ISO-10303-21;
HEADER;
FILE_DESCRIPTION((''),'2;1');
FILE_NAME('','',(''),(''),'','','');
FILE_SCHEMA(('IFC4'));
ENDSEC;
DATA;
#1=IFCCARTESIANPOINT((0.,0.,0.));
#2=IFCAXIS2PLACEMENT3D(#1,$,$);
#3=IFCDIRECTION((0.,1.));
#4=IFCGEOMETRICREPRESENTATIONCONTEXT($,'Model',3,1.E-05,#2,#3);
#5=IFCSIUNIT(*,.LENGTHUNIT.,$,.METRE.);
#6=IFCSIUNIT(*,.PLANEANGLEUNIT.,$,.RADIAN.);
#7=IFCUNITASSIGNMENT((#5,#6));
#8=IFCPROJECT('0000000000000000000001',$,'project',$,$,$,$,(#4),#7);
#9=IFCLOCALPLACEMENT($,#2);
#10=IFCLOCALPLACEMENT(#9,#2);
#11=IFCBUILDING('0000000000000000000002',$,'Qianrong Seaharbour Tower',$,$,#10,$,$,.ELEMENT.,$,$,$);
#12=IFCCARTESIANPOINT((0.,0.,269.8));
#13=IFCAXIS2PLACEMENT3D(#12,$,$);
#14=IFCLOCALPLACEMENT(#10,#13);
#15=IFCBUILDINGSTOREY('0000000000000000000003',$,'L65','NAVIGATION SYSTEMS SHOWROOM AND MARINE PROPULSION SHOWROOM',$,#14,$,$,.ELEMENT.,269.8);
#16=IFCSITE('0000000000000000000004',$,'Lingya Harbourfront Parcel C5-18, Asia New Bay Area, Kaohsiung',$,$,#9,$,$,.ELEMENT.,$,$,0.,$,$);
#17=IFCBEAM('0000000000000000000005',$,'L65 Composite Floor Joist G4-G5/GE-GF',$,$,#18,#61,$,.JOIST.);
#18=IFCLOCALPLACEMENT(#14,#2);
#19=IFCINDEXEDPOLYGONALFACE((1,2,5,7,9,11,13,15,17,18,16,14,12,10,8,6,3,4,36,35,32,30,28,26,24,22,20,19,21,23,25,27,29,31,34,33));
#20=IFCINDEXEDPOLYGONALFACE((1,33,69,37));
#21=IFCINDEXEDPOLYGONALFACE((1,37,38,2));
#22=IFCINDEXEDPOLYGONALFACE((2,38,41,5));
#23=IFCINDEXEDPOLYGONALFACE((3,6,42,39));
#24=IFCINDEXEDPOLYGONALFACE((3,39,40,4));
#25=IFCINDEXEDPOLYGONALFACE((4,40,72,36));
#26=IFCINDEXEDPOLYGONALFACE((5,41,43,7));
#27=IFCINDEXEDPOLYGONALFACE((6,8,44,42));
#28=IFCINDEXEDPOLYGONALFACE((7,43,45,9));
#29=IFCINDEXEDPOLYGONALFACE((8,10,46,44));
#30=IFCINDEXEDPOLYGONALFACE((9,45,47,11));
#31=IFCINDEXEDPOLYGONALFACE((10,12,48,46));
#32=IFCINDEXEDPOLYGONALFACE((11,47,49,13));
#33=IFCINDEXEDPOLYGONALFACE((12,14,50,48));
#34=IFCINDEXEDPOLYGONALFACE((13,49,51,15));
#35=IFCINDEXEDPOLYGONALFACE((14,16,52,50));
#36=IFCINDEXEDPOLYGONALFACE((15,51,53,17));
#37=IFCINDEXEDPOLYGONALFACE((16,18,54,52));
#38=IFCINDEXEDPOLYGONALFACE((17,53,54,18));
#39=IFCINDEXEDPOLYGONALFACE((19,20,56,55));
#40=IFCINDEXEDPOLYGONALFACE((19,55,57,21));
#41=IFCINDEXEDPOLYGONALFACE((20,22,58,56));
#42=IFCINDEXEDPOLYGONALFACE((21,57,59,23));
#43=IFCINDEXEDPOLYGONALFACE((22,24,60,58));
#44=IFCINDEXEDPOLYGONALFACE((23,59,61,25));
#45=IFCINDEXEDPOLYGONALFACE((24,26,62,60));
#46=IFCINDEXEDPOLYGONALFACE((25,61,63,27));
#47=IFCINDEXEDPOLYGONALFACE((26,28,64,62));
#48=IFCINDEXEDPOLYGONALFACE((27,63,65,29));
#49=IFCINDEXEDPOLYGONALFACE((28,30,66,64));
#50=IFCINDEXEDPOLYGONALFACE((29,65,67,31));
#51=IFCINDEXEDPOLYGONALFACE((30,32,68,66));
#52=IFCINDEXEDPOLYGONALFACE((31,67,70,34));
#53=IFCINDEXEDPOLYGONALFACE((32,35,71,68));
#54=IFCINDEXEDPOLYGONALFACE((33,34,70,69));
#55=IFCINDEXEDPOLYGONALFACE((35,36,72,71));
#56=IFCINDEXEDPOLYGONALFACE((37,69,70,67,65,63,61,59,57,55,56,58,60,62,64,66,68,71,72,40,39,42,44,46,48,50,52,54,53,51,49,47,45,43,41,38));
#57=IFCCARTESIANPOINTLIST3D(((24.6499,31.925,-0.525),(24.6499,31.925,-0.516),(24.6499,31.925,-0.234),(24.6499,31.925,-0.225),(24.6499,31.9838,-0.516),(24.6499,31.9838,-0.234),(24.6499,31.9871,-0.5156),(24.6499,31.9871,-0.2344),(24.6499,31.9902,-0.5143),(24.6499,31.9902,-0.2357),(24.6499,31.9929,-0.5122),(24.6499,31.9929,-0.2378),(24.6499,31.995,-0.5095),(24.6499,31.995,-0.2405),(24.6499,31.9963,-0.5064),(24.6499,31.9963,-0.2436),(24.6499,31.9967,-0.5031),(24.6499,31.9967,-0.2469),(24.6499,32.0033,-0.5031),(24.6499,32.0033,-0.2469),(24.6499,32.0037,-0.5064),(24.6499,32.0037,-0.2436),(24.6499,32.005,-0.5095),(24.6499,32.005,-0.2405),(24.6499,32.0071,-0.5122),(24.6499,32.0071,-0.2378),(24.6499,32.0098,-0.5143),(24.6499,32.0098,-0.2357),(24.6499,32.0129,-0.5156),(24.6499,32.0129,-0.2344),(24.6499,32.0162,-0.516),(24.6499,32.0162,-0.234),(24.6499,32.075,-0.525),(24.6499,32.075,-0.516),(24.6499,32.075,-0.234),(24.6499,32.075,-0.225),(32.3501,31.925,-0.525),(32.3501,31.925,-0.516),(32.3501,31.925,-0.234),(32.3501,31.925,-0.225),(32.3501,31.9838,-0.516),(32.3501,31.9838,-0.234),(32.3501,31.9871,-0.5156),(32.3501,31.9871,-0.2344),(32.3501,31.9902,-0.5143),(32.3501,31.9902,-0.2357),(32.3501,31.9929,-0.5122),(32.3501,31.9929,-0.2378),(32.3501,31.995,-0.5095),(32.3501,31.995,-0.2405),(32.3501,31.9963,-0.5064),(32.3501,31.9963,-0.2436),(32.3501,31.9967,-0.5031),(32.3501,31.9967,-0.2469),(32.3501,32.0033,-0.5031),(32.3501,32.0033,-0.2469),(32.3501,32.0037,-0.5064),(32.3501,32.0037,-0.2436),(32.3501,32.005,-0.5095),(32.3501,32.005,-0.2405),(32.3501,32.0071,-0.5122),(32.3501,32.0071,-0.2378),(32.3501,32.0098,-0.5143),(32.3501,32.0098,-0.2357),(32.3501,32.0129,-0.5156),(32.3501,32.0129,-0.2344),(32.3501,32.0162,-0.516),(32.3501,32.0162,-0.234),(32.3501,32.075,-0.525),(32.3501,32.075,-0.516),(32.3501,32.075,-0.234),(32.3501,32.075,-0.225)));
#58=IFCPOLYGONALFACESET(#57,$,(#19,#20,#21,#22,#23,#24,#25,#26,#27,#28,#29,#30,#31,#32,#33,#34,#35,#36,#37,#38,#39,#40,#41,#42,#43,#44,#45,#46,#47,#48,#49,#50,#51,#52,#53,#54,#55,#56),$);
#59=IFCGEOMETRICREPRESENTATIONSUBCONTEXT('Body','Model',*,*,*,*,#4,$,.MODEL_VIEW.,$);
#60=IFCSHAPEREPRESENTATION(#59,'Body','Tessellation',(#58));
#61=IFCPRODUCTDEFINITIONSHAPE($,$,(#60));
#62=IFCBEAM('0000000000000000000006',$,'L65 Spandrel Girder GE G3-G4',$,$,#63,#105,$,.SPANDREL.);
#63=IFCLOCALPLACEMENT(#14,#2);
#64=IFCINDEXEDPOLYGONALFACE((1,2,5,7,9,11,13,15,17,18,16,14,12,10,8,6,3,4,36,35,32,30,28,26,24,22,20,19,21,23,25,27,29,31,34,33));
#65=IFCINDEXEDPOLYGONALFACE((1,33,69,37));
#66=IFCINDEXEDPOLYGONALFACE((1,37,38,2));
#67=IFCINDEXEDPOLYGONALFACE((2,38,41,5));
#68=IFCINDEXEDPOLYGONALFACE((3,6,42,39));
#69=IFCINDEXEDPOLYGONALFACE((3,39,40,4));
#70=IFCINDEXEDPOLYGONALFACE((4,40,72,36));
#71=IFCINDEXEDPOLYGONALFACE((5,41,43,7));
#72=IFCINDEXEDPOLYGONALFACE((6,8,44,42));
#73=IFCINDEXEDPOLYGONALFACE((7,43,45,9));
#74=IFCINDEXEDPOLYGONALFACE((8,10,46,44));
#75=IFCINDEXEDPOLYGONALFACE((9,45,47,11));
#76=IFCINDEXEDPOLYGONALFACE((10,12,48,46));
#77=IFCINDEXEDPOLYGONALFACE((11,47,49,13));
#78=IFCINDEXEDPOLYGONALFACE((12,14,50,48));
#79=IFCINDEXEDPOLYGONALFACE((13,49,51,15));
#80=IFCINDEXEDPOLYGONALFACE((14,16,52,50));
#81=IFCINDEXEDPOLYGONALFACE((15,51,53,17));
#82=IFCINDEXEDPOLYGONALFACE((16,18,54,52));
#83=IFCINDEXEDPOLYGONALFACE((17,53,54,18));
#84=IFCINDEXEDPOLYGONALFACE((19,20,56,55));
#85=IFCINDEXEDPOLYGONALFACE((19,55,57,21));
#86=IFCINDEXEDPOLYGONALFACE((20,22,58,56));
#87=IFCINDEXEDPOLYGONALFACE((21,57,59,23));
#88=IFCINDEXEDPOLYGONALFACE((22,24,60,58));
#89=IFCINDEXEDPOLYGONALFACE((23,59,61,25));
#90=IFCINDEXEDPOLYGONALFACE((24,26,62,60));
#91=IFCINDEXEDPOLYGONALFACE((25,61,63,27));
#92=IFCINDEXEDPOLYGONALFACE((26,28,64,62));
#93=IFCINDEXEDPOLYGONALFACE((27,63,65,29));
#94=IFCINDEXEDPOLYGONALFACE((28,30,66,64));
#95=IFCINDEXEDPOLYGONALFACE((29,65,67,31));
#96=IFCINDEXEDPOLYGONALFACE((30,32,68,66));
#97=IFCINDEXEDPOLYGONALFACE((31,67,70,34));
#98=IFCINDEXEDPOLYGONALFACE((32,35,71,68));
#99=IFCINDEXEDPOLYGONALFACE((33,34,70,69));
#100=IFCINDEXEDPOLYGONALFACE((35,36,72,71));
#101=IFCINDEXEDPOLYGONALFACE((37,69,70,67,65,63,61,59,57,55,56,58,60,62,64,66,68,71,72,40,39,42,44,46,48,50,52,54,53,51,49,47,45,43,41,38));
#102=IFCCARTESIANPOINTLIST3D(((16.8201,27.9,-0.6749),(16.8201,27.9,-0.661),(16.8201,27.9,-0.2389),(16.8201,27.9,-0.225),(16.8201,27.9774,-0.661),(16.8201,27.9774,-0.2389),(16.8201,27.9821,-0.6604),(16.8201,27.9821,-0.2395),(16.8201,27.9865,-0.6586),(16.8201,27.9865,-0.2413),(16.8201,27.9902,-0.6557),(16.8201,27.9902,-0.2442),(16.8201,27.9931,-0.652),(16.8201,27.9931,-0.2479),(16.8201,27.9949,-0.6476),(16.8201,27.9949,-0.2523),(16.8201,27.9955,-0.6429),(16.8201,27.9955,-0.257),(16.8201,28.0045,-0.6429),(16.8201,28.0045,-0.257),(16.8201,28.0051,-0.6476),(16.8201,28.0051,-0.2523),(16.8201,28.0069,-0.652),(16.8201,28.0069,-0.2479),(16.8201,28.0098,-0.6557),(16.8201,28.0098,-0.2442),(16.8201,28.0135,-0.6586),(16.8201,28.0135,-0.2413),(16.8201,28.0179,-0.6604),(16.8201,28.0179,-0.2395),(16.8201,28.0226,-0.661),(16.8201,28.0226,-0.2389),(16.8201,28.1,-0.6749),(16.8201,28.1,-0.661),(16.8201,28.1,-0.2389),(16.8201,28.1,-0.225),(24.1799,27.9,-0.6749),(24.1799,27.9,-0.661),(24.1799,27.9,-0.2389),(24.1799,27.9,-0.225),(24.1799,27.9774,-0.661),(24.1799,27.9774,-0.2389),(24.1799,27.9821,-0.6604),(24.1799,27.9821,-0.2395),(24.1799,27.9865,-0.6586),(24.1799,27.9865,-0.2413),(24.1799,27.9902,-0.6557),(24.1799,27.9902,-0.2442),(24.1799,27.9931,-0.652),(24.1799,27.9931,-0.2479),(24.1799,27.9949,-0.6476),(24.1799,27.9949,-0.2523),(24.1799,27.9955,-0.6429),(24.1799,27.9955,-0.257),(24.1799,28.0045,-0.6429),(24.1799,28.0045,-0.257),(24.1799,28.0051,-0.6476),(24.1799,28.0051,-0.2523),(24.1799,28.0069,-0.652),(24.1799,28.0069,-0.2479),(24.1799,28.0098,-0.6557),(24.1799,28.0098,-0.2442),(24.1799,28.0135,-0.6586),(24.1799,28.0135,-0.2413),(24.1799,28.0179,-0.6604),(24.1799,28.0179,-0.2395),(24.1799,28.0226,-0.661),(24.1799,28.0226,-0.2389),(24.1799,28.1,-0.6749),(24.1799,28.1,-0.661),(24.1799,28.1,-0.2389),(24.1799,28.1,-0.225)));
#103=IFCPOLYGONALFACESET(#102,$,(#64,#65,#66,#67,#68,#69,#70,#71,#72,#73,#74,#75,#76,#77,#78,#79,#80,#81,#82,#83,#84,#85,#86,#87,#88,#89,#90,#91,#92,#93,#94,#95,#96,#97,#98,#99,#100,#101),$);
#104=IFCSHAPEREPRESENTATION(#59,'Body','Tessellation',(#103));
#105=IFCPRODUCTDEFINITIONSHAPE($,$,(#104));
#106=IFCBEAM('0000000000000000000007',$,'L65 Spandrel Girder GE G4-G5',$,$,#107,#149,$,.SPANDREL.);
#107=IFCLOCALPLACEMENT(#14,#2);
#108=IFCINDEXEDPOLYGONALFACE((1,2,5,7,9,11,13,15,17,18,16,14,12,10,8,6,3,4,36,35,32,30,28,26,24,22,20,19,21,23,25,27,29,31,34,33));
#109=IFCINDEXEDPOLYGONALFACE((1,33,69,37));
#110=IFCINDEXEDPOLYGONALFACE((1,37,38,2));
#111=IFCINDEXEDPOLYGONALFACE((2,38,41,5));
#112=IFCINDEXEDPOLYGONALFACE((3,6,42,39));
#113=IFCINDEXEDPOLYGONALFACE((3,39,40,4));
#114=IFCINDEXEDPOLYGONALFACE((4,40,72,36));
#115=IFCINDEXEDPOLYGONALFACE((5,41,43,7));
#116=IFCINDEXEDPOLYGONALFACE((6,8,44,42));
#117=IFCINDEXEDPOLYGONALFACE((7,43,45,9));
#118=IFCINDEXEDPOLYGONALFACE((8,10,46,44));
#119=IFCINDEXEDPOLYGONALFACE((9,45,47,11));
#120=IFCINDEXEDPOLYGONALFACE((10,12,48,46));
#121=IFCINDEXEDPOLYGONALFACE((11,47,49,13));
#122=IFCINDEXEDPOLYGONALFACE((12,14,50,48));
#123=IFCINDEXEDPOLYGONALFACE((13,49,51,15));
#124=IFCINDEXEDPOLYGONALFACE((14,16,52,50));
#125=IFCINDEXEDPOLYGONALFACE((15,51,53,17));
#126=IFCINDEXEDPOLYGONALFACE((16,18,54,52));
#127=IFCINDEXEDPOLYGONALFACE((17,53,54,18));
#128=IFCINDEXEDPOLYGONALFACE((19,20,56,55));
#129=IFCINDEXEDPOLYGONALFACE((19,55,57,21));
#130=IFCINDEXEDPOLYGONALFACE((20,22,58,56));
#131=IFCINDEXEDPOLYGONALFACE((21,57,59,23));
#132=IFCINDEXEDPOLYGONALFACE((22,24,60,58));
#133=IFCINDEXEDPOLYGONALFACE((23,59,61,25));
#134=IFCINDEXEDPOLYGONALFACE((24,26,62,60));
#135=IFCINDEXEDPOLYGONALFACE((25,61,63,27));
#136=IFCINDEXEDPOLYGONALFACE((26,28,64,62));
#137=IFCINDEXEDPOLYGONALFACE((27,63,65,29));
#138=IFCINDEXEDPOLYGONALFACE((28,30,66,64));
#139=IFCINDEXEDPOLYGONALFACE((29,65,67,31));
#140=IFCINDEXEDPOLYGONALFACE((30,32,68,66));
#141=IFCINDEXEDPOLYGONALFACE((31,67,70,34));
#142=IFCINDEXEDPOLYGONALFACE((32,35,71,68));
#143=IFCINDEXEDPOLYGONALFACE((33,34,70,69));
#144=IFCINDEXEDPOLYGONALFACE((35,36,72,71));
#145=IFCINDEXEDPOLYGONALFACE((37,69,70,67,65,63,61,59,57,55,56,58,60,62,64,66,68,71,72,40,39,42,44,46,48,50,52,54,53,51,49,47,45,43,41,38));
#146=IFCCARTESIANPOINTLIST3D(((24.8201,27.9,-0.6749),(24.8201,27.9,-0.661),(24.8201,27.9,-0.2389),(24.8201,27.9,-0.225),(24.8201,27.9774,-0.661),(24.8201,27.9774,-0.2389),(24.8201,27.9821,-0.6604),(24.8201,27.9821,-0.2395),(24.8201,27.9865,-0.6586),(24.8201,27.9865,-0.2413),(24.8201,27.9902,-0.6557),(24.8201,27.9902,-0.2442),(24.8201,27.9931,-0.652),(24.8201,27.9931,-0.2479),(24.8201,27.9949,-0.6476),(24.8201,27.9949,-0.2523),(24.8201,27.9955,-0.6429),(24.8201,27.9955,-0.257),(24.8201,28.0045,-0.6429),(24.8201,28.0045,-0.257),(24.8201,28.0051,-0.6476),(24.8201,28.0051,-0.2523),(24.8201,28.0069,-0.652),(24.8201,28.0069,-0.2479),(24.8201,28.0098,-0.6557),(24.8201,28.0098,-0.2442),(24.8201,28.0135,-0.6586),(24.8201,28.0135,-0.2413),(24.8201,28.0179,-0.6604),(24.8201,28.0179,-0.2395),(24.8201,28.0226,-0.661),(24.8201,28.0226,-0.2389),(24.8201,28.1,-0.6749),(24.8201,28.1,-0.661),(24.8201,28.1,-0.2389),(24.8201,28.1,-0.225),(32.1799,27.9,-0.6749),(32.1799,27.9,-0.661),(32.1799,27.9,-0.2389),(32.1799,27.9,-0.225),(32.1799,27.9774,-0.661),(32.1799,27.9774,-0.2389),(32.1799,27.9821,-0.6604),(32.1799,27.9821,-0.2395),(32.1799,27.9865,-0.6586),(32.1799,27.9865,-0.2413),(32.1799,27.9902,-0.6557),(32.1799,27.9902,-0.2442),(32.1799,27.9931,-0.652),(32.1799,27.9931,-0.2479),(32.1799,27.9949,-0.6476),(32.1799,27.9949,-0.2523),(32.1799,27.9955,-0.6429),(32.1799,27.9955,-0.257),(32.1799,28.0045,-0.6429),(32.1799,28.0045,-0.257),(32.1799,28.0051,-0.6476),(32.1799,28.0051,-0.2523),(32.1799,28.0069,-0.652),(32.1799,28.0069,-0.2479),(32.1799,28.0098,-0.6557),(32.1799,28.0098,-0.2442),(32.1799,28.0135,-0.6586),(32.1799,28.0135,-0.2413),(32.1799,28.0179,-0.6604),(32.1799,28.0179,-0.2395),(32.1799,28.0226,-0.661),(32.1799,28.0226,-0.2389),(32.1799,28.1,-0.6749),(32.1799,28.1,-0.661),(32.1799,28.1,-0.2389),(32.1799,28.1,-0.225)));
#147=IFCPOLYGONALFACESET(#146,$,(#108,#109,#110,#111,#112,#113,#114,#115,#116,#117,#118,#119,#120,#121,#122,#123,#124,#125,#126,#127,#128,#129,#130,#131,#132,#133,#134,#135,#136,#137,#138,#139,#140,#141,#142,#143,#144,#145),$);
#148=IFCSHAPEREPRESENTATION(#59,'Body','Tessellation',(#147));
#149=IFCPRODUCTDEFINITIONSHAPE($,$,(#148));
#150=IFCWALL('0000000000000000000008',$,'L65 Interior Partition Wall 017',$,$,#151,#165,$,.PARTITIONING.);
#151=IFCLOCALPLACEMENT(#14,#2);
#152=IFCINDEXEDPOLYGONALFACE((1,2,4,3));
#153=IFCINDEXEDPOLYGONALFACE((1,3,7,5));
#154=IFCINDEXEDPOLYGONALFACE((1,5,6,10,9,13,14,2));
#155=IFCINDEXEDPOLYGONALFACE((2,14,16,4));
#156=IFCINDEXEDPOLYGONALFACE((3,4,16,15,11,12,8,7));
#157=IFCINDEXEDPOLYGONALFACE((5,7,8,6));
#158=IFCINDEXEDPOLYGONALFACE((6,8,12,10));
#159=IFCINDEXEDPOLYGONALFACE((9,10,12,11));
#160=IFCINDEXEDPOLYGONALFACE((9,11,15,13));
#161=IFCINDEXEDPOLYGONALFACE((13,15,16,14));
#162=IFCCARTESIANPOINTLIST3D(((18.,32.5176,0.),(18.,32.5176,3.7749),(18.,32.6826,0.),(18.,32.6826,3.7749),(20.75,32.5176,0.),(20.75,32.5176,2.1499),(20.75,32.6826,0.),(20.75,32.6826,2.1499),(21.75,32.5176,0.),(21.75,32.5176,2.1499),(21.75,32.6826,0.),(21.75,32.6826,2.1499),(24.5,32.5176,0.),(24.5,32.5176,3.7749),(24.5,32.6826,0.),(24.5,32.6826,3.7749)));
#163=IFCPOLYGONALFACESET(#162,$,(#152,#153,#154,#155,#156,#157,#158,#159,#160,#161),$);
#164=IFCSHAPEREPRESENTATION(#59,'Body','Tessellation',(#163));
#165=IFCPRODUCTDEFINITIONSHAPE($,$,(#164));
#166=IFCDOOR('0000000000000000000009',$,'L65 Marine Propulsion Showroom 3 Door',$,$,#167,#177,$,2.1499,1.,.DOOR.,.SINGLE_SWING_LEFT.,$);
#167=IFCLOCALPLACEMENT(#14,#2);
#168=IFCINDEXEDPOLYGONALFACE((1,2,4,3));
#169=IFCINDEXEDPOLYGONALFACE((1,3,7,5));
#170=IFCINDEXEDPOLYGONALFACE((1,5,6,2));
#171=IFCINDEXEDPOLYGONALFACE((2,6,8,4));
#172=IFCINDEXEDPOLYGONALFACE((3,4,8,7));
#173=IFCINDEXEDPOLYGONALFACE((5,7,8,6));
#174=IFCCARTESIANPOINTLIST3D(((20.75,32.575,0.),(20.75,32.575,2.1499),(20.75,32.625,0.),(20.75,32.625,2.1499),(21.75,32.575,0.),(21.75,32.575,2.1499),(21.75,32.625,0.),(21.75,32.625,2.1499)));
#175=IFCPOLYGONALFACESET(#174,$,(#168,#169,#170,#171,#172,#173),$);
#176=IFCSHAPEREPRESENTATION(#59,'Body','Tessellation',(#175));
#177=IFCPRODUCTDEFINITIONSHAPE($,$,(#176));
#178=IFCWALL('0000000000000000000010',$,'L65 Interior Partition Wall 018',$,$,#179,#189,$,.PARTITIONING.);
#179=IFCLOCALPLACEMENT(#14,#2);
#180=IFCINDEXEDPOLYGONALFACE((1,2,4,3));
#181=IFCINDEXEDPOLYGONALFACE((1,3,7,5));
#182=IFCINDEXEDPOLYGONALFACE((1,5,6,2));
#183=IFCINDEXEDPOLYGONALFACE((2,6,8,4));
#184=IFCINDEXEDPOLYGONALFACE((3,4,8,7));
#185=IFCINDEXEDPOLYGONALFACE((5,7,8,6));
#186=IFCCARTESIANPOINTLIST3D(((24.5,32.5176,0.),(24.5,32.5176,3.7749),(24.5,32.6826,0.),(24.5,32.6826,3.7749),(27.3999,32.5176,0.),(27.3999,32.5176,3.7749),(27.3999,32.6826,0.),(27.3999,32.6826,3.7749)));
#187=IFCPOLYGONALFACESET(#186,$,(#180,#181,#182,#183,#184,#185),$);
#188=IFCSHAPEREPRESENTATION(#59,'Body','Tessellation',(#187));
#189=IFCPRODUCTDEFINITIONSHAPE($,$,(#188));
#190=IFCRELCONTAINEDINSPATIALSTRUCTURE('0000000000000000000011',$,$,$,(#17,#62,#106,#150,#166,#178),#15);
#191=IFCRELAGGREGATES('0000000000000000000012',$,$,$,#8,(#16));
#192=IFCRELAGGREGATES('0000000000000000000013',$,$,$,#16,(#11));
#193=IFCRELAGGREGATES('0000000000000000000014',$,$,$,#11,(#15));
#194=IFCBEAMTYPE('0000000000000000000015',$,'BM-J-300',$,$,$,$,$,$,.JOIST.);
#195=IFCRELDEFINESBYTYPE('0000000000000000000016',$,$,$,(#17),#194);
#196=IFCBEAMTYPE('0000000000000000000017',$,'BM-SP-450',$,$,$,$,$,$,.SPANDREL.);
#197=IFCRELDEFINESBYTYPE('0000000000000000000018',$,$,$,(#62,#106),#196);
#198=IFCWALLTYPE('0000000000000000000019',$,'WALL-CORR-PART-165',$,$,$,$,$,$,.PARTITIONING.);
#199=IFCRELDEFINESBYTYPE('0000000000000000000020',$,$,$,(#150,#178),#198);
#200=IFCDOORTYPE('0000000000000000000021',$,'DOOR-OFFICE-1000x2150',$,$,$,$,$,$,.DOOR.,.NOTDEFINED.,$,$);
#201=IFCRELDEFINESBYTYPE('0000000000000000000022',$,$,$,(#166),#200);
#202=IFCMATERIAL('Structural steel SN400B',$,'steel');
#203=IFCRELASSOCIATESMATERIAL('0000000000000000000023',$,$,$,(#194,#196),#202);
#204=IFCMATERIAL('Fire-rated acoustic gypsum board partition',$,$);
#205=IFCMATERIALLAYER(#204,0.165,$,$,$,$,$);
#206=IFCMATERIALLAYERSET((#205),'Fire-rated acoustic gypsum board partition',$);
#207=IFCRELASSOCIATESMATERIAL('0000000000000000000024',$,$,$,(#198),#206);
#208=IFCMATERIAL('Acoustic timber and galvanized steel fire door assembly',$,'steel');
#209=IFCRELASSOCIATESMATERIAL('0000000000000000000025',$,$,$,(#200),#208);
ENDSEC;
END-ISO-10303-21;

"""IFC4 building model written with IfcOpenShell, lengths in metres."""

from ifc_helpers import new_model, si_unit, direction, frame, frame_2d, origin, origin_2d, place, context, subcontext, project, spatial, rectangle, i_section, extrude, material, layer, layer_set, material_profile, profile_set, type_object, element, fill, save


model = new_model("IFC4")

# Units and contexts
model_context = context("Model", 3, precision=1e-05, world=origin(), true_north=direction((0.0, 1.0)))
body_context = subcontext(model_context, "Body", "Model", "MODEL_VIEW")
ifc_project = project(units=[si_unit("LENGTHUNIT", "METRE"), si_unit("PLANEANGLEUNIT", "RADIAN")], contexts=[model_context])

# Site, building, storey
site_placement = place(None, origin())
site = spatial("IfcSite", under=ifc_project, at=site_placement, Name="Lingya Harbourfront Parcel C5-18, Asia New Bay Area, Kaohsiung", CompositionType="ELEMENT", RefElevation=0.0)
building_placement = place(site_placement, origin())
building = spatial("IfcBuilding", under=site, at=building_placement, Name="Qianrong Seaharbour Tower", CompositionType="ELEMENT")
storey_placement = place(building_placement, frame((0.0, 0.0, 269.8)))
storey = spatial("IfcBuildingStorey", under=building, at=storey_placement, Name="L65", Description="NAVIGATION SYSTEMS SHOWROOM AND MARINE PROPULSION SHOWROOM", CompositionType="ELEMENT", Elevation=269.8)

# Beams
ifc_material_1 = material(Name="Structural steel SN400B", Category="steel")
ifc_material_profile_1 = material_profile(ifc_material_1, i_section(OverallWidth=0.1499, OverallDepth=0.3, WebThickness=0.0066, FlangeThickness=0.009, FilletRadius=0.0129, at=origin_2d()), Name="H300x150x6.5x9")
ifc_profile_set_1 = profile_set([ifc_material_profile_1], Name="Structural steel SN400B")
beam_type_1 = type_object("IfcBeamType", Name="BM-J-300", PredefinedType="JOIST", material=ifc_profile_set_1)
for number, where, z_axis, x_axis, name in (
    (1, (24.6499, 32.0, -0.375), (1.0, 0.0, 0.0), (0.0, 1.0, 0.0), "L65 Composite Floor Joist G4-G5/GE-GF"),
):
    element("IfcBeam", number, at=place(storey_placement, frame(where, z_axis=z_axis, x_axis=x_axis)), inside=storey, type_object=beam_type_1, Name=name, PredefinedType="JOIST", context=body_context, shape_type="SweptSolid", body=[
        extrude(i_section(OverallWidth=0.1499, OverallDepth=0.3, WebThickness=0.0066, FlangeThickness=0.009, FilletRadius=0.0129, at=origin_2d()), origin(), (0.0, 0.0, 1.0), 7.7002),
    ])
ifc_material_profile_2 = material_profile(ifc_material_1, i_section(OverallWidth=0.2, OverallDepth=0.45, WebThickness=0.009, FlangeThickness=0.0139, FilletRadius=0.0181, at=origin_2d()), Name="H450x200x9x14")
ifc_profile_set_2 = profile_set([ifc_material_profile_2], Name="Structural steel SN400B")
beam_type_2 = type_object("IfcBeamType", Name="BM-SP-450", PredefinedType="SPANDREL", material=ifc_profile_set_2)
for number, where, z_axis, x_axis, name in (
    (2, (16.8201, 28.0, -0.45), (1.0, 0.0, 0.0), (0.0, 1.0, 0.0), "L65 Spandrel Girder GE G3-G4"),
    (3, (24.8201, 28.0, -0.45), (1.0, 0.0, 0.0), (0.0, 1.0, 0.0), "L65 Spandrel Girder GE G4-G5"),
):
    element("IfcBeam", number, at=place(storey_placement, frame(where, z_axis=z_axis, x_axis=x_axis)), inside=storey, type_object=beam_type_2, Name=name, PredefinedType="SPANDREL", context=body_context, shape_type="SweptSolid", body=[
        extrude(i_section(OverallWidth=0.2, OverallDepth=0.45, WebThickness=0.009, FlangeThickness=0.0139, FilletRadius=0.0181, at=origin_2d()), origin(), (0.0, 0.0, 1.0), 7.3599),
    ])

# Wall, opening, door
ifc_material_2 = material(Name="Fire-rated acoustic gypsum board partition")
ifc_layer = layer(ifc_material_2, 0.165)
ifc_layer_set = layer_set([ifc_layer], Name="Fire-rated acoustic gypsum board partition")
wall_type = type_object("IfcWallType", Name="WALL-CORR-PART-165", PredefinedType="PARTITIONING", material=ifc_layer_set)
wall_1_placement = place(storey_placement, frame((18.0, 32.6001, 0.0), z_axis=(0.0, 0.0, 1.0), x_axis=(1.0, 0.0, 0.0)))
wall_1 = element("IfcWall", 4, at=wall_1_placement, inside=storey, type_object=wall_type, Name="L65 Interior Partition Wall 017", PredefinedType="PARTITIONING", context=body_context, shape_type="SweptSolid", body=[
    extrude(rectangle(XDim=6.5, YDim=0.165, at=frame_2d((3.25, 0.0))), origin(), (0.0, 0.0, 1.0), 3.7749),
])
opening_1_placement = place(wall_1_placement, frame((2.75, 0.0, 0.0)))
opening_1 = element("IfcOpeningElement", 5, at=opening_1_placement, cuts=wall_1, PredefinedType="OPENING", context=body_context, shape_type="SweptSolid", body=[
    extrude(rectangle(XDim=1.0, YDim=2.1499, at=frame_2d((0.5, 1.075))), frame((0.0, 0.0925, 0.0), z_axis=(0.0, -1.0, 0.0), x_axis=(1.0, 0.0, 0.0)), (0.0, 0.0, 1.0), 0.1851),
])
ifc_material_3 = material(Name="Acoustic timber and galvanized steel fire door assembly", Category="steel")
door_type_1 = type_object("IfcDoorType", Name="DOOR-OFFICE-1000x2150", OperationType="NOTDEFINED", PredefinedType="DOOR", material=ifc_material_3)
door_1_placement = place(opening_1_placement, origin())
door_1 = element("IfcDoor", 6, at=door_1_placement, inside=storey, type_object=door_type_1, Name="L65 Marine Propulsion Showroom 3 Door", OperationType="SINGLE_SWING_LEFT", OverallHeight=2.1499, OverallWidth=1.0, PredefinedType="DOOR", context=body_context, shape_type="SweptSolid", body=[
    extrude(rectangle(XDim=1.0, YDim=2.1499, at=frame_2d((0.5, 1.075))), frame((0.0, 0.0249, 0.0), z_axis=(0.0, -1.0, 0.0), x_axis=(1.0, 0.0, 0.0)), (0.0, 0.0, 1.0), 0.05),
])
fill(opening_1, door_1)

# Wall
wall_2_placement = place(storey_placement, frame((24.5, 32.6001, 0.0), z_axis=(0.0, 0.0, 1.0), x_axis=(1.0, 0.0, 0.0)))
element("IfcWall", 7, at=wall_2_placement, inside=storey, type_object=wall_type, Name="L65 Interior Partition Wall 018", PredefinedType="PARTITIONING", context=body_context, shape_type="SweptSolid", body=[
    extrude(rectangle(XDim=2.8999, YDim=0.165, at=frame_2d((1.45, 0.0))), origin(), (0.0, 0.0, 1.0), 3.7749),
])

save(model, "model.ifc")
